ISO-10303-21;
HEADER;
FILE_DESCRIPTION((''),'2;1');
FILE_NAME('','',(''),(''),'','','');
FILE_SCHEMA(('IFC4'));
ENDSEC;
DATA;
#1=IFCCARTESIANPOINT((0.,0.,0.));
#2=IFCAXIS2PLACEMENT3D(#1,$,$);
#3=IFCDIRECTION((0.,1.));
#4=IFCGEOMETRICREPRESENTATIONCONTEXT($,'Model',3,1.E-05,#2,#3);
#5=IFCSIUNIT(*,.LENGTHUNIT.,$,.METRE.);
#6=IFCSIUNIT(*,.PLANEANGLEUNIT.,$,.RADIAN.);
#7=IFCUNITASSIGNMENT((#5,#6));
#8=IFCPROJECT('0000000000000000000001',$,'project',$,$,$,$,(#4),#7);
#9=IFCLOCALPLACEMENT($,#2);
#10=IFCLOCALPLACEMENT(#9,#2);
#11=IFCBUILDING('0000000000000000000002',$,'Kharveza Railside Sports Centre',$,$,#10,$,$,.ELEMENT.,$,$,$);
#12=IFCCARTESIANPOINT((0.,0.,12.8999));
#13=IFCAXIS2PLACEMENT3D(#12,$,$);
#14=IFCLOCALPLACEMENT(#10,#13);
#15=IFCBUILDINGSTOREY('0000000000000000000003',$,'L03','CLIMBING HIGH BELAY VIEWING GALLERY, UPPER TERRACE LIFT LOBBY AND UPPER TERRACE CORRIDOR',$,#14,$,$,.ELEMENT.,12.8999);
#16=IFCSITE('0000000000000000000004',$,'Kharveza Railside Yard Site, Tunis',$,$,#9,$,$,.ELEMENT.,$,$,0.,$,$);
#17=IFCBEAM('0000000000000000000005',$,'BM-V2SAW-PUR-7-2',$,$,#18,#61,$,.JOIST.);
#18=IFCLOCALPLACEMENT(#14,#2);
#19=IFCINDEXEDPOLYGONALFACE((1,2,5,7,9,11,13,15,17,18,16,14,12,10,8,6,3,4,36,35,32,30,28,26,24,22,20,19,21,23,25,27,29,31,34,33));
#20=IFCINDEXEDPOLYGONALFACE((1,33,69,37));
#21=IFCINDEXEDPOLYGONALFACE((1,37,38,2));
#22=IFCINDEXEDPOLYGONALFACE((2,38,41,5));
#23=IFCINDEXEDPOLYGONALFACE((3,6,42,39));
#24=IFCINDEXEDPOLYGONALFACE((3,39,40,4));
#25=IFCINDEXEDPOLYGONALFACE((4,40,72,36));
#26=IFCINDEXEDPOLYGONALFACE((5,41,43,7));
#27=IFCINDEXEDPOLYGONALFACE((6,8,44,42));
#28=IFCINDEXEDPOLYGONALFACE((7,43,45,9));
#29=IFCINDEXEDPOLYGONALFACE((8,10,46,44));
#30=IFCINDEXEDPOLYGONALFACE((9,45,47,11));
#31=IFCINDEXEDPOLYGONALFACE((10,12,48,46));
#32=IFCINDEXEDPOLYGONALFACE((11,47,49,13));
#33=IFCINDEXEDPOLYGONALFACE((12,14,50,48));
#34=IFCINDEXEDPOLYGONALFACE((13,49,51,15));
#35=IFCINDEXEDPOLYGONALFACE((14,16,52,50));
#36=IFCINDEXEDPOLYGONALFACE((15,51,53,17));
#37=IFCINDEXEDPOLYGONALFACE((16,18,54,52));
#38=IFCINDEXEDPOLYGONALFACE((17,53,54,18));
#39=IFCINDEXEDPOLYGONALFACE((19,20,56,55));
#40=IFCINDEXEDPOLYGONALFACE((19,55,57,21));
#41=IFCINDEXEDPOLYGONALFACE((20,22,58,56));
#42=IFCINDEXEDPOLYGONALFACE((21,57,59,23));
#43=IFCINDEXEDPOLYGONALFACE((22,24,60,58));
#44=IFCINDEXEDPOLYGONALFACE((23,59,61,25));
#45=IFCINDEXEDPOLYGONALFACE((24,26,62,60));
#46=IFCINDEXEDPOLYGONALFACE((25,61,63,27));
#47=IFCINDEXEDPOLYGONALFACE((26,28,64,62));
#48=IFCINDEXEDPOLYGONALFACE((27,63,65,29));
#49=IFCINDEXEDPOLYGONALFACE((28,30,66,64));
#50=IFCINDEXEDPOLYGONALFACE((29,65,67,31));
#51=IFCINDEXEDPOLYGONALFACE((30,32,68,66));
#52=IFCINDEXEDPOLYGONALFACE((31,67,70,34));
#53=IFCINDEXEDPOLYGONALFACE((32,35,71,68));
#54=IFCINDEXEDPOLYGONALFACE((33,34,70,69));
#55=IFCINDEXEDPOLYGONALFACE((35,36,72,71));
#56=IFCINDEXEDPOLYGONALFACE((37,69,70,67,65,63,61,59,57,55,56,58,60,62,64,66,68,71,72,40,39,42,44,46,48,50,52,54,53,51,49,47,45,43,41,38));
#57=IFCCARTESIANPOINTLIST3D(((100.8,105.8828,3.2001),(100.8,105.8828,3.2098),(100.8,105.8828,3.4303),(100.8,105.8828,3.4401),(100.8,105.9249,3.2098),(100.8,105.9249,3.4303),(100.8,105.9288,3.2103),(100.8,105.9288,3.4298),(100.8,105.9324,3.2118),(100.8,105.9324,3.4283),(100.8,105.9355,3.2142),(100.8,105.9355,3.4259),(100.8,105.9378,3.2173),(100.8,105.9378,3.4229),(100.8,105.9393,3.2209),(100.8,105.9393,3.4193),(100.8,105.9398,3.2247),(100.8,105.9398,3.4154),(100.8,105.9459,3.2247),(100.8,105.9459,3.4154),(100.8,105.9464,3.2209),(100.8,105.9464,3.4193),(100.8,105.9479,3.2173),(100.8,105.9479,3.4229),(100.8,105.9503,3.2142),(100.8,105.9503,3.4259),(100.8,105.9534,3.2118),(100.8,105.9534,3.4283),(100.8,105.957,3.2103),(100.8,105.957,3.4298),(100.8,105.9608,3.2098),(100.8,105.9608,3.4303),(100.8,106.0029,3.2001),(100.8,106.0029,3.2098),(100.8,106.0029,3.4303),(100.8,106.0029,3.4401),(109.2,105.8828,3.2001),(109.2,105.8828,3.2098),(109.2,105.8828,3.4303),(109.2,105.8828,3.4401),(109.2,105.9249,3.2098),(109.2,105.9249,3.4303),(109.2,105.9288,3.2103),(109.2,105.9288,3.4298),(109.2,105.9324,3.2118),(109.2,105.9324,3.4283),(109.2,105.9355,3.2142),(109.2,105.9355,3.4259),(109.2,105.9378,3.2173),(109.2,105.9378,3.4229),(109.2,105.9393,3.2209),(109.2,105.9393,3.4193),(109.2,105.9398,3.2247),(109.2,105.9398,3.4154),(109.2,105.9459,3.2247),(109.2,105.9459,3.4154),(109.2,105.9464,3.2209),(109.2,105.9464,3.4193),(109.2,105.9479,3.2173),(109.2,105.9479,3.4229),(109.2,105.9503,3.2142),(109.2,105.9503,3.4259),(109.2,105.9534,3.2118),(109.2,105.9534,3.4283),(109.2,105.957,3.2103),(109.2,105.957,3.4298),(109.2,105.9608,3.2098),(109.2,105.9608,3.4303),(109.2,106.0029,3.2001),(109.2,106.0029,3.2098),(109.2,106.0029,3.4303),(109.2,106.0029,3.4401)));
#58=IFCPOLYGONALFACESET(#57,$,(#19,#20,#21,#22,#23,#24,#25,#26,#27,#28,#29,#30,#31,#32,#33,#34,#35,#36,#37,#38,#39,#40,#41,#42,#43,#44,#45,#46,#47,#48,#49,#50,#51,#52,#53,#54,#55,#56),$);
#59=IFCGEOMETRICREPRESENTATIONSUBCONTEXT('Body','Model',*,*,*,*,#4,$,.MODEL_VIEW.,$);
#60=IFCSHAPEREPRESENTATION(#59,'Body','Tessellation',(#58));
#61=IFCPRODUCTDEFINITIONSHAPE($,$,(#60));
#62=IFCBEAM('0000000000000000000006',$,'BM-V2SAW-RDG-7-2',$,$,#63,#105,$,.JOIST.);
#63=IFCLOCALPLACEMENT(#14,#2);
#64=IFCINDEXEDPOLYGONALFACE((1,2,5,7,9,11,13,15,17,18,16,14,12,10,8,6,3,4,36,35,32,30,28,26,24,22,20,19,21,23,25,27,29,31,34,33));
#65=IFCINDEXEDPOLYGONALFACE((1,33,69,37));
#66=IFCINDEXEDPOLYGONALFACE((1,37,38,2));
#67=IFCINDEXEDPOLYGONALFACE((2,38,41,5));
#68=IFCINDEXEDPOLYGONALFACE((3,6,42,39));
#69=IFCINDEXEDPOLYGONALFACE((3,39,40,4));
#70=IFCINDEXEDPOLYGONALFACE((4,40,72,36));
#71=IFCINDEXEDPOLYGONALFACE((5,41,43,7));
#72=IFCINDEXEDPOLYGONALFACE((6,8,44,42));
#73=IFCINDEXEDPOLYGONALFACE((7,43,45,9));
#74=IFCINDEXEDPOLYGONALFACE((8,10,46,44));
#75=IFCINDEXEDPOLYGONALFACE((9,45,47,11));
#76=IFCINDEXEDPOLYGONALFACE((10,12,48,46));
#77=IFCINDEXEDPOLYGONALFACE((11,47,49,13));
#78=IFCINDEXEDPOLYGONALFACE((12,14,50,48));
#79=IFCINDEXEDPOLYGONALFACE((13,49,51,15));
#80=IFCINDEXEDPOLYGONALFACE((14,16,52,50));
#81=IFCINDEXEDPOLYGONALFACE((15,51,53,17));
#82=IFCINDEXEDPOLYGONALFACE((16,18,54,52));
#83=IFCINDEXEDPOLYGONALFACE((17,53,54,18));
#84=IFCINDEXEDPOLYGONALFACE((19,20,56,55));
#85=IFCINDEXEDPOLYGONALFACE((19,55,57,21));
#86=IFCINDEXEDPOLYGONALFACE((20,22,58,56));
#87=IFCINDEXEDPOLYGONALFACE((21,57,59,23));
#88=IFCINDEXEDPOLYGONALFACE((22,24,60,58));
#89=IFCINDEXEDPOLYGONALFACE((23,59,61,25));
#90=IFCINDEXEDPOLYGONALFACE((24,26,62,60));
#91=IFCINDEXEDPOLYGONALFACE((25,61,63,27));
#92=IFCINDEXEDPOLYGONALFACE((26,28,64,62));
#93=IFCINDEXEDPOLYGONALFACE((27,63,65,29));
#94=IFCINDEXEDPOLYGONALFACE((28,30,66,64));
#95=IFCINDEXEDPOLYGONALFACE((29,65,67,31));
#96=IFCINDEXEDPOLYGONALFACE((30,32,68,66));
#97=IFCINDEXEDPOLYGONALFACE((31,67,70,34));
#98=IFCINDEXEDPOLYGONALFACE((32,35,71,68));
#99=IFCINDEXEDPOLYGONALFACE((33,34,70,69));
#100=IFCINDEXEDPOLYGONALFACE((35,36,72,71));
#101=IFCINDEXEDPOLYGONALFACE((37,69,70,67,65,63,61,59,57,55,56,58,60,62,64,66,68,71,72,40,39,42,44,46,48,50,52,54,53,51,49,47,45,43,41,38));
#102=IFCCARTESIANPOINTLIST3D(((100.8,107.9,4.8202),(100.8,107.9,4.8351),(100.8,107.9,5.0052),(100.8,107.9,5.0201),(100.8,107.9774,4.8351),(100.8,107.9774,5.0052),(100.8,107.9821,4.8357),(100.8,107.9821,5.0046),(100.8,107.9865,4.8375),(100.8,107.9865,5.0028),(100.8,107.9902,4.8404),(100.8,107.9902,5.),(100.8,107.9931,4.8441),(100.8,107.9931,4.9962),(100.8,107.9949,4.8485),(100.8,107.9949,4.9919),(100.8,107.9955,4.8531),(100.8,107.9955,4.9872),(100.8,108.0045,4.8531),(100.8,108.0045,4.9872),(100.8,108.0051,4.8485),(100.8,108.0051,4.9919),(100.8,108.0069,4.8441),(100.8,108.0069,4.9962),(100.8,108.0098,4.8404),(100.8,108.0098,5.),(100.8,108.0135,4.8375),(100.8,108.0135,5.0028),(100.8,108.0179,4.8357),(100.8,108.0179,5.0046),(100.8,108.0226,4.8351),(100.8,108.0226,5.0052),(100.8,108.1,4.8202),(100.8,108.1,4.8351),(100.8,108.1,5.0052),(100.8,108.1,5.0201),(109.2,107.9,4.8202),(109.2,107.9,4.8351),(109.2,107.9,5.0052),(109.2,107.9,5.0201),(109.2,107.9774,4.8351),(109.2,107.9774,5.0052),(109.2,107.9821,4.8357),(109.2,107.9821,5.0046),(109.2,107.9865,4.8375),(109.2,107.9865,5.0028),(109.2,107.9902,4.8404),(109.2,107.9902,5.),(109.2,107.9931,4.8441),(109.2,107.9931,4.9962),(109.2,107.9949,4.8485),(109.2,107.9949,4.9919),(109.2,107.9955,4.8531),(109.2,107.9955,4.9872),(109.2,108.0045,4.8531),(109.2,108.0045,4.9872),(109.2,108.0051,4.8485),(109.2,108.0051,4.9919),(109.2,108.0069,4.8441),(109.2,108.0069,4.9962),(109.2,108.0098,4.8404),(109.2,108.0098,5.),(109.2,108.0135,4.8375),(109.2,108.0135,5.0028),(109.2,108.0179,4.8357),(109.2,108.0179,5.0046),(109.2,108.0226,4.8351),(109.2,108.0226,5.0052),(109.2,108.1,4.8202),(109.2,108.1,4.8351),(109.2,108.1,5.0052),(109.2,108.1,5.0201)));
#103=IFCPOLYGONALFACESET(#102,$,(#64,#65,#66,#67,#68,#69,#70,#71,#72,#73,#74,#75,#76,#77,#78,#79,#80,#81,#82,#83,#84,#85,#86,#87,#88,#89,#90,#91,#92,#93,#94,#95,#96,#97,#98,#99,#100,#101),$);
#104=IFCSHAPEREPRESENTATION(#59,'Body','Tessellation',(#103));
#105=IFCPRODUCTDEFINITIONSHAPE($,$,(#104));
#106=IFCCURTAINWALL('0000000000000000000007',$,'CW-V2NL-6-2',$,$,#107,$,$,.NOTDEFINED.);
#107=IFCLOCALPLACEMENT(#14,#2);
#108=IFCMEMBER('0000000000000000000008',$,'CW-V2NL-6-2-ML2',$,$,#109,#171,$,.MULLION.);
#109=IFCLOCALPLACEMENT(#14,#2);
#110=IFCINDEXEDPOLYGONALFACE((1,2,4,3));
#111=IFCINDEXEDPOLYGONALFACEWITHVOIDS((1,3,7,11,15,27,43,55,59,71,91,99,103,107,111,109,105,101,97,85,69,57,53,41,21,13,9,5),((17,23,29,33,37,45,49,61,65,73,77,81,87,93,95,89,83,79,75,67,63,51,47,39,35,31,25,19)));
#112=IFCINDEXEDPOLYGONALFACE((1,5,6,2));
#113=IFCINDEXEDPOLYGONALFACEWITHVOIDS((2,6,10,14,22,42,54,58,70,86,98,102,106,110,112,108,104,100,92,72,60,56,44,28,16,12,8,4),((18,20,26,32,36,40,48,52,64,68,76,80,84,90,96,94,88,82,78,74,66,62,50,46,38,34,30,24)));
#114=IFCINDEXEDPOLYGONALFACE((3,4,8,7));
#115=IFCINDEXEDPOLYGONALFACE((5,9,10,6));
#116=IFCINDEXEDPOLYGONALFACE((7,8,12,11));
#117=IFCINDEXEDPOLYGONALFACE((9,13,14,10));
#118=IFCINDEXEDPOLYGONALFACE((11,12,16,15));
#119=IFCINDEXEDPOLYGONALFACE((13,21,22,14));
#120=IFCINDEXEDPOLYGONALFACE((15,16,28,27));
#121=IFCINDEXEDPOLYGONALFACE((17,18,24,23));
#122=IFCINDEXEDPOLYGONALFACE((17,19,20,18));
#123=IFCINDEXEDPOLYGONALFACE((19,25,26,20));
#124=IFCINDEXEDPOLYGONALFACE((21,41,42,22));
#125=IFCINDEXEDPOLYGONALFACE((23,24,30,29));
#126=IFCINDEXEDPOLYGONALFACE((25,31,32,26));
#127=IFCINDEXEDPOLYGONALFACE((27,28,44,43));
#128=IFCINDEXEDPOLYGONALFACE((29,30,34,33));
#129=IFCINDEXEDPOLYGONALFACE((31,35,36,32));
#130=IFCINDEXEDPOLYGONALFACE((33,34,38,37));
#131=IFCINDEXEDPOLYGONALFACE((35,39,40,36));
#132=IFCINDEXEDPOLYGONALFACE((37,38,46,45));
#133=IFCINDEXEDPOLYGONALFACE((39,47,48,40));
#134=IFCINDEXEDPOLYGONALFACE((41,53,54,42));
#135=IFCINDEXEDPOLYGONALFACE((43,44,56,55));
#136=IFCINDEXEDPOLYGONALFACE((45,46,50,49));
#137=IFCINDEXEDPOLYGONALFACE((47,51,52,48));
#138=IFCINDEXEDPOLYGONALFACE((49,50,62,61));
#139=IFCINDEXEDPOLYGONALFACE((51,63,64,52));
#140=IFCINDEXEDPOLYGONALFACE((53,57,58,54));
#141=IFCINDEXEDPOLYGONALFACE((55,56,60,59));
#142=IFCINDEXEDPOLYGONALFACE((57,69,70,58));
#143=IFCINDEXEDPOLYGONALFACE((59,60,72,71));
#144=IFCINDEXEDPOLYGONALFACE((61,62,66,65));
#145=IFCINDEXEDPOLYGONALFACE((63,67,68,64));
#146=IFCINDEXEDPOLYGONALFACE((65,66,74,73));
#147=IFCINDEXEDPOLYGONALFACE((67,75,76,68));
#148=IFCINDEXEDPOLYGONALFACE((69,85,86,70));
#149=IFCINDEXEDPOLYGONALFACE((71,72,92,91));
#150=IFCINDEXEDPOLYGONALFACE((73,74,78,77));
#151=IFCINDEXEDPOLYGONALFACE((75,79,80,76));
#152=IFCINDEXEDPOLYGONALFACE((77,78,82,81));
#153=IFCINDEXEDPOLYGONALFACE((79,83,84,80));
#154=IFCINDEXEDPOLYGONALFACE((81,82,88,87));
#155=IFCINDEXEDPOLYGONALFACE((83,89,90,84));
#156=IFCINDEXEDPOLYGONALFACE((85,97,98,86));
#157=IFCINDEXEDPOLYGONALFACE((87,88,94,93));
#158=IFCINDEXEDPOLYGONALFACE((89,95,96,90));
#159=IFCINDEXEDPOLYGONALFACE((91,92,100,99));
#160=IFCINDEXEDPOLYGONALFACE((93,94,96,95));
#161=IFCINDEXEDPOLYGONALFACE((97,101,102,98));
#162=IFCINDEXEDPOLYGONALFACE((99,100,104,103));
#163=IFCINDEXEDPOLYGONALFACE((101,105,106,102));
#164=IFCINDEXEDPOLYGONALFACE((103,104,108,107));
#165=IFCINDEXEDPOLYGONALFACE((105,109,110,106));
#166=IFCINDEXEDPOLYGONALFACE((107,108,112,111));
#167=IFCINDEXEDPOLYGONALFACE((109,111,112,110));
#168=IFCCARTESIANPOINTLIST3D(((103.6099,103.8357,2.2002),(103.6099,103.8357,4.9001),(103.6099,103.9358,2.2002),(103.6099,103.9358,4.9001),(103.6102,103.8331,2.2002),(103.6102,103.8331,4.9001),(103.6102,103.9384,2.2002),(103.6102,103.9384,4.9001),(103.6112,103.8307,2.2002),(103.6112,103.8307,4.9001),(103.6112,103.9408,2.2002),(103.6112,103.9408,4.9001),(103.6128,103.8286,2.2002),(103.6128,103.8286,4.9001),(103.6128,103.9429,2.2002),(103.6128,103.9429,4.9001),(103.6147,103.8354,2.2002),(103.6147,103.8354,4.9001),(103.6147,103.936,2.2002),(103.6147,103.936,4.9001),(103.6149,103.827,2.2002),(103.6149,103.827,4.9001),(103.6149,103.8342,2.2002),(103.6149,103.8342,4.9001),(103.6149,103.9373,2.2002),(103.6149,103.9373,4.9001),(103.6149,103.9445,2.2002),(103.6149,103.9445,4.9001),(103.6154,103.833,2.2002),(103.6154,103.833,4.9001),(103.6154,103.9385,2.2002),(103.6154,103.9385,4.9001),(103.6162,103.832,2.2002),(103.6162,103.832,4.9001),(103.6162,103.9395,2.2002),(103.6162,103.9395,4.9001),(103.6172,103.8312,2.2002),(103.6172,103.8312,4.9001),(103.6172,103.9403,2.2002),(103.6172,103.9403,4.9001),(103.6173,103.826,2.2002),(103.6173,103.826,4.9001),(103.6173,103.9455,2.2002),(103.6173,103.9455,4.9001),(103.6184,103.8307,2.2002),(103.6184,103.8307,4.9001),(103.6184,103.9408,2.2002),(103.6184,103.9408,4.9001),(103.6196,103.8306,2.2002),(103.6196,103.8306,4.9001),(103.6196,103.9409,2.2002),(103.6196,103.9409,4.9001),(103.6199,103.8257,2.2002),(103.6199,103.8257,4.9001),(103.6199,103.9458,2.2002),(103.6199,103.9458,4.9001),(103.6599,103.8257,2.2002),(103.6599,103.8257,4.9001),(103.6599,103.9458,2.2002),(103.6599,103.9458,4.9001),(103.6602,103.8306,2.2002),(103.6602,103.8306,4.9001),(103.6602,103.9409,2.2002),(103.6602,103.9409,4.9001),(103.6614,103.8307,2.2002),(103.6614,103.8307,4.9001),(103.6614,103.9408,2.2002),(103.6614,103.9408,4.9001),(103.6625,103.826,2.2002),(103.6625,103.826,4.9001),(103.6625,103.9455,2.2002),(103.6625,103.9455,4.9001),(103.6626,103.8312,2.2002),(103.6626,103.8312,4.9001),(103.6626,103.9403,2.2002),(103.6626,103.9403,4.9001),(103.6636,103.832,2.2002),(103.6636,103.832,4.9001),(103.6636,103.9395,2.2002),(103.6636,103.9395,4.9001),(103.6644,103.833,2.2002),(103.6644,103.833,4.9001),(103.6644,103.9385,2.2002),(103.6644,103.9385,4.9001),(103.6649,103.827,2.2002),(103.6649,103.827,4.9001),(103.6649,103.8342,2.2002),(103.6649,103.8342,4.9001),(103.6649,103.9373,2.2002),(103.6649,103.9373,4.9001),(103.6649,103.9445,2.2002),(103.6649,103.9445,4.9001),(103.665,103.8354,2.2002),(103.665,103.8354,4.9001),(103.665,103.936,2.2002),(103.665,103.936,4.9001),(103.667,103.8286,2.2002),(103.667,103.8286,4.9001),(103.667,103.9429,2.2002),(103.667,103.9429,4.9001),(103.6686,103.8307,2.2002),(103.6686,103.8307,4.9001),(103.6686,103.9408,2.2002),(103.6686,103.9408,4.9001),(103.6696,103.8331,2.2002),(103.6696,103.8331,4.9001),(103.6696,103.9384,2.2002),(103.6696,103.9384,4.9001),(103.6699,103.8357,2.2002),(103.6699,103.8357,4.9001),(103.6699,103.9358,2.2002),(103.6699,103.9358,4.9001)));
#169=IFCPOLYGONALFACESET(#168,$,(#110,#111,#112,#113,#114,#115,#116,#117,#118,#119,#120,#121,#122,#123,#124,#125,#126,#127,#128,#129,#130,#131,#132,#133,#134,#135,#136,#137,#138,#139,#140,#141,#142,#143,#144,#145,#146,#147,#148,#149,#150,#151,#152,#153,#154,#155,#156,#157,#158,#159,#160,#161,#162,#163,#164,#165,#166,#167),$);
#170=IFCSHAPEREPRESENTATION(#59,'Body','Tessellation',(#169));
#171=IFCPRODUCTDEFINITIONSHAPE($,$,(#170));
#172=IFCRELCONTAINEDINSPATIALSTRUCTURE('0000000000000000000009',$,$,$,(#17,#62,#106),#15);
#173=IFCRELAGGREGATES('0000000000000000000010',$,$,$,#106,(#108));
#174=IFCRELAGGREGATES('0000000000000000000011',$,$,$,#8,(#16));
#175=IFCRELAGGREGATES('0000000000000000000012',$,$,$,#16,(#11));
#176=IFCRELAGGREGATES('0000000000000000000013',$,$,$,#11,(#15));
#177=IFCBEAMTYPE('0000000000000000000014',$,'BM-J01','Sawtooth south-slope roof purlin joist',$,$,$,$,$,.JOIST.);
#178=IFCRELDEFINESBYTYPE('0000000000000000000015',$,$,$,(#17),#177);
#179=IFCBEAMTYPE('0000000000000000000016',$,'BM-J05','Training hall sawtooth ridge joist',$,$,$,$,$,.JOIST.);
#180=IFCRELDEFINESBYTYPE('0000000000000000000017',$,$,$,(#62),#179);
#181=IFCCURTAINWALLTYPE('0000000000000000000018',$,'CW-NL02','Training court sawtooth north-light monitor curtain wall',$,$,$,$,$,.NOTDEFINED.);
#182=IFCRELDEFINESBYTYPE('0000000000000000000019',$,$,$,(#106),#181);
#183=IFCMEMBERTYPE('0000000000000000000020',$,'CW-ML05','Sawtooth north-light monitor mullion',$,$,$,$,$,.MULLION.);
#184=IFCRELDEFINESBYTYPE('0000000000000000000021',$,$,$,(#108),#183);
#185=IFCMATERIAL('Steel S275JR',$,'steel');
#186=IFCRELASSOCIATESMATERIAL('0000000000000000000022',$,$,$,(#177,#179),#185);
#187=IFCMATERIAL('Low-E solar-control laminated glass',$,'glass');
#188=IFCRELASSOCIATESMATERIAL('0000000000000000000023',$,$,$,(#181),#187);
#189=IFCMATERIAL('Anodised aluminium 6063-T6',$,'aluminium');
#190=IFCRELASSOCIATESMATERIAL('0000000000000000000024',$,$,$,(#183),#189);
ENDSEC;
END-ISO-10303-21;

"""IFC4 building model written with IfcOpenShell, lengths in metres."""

from ifc_helpers import new_model, si_unit, direction, frame, origin, origin_2d, place, context, subcontext, project, spatial, hollow_rectangle, i_section, extrude, material, material_profile, profile_set, type_object, element, aggregate, save


model = new_model("IFC4")

# Units and contexts
model_context = context("Model", 3, precision=1e-05, world=origin(), true_north=direction((0.0, 1.0)))
body_context = subcontext(model_context, "Body", "Model", "MODEL_VIEW")
ifc_project = project(units=[si_unit("LENGTHUNIT", "METRE"), si_unit("PLANEANGLEUNIT", "RADIAN")], contexts=[model_context])

# Site, building, storey
site_placement = place(None, origin())
site = spatial("IfcSite", under=ifc_project, at=site_placement, Name="Kharveza Railside Yard Site, Tunis", CompositionType="ELEMENT", RefElevation=0.0)
building_placement = place(site_placement, origin())
building = spatial("IfcBuilding", under=site, at=building_placement, Name="Kharveza Railside Sports Centre", CompositionType="ELEMENT")
storey_placement = place(building_placement, frame((0.0, 0.0, 12.8999)))
storey = spatial("IfcBuildingStorey", under=building, at=storey_placement, Name="L03", Description="CLIMBING HIGH BELAY VIEWING GALLERY, UPPER TERRACE LIFT LOBBY AND UPPER TERRACE CORRIDOR", CompositionType="ELEMENT", Elevation=12.8999)

# Beams
ifc_material_1 = material(Name="Steel S275JR", Category="steel")
ifc_material_profile_1 = material_profile(ifc_material_1, i_section(OverallWidth=0.1201, OverallDepth=0.24, WebThickness=0.0061, FlangeThickness=0.0098, FilletRadius=0.0149, at=origin_2d()), Name="IPE 240")
ifc_profile_set_1 = profile_set([ifc_material_profile_1], Name="Steel S275JR")
beam_type_1 = type_object("IfcBeamType", Name="BM-J01", Description="Sawtooth south-slope roof purlin joist", PredefinedType="JOIST", material=ifc_profile_set_1)
beam_1_placement = place(storey_placement, frame((100.8, 105.9429, 3.3201), z_axis=(1.0, 0.0, 0.0), x_axis=(0.0, 1.0, 0.0)))
element("IfcBeam", 1, at=beam_1_placement, inside=storey, type_object=beam_type_1, Name="BM-V2SAW-PUR-7-2", PredefinedType="JOIST", context=body_context, shape_type="SweptSolid", body=[
    extrude(i_section(OverallWidth=0.1201, OverallDepth=0.24, WebThickness=0.0061, FlangeThickness=0.0098, FilletRadius=0.0149, at=origin_2d()), origin(), (0.0, 0.0, 1.0), 8.3999),
])
ifc_material_profile_2 = material_profile(ifc_material_1, i_section(OverallWidth=0.2, OverallDepth=0.2, WebThickness=0.009, FlangeThickness=0.0149, FilletRadius=0.0181, at=origin_2d()), Name="HEB 200")
ifc_profile_set_2 = profile_set([ifc_material_profile_2], Name="Steel S275JR")
beam_type_2 = type_object("IfcBeamType", Name="BM-J05", Description="Training hall sawtooth ridge joist", PredefinedType="JOIST", material=ifc_profile_set_2)
beam_2_placement = place(storey_placement, frame((100.8, 108.0, 4.9202), z_axis=(1.0, 0.0, 0.0), x_axis=(0.0, 1.0, 0.0)))
element("IfcBeam", 2, at=beam_2_placement, inside=storey, type_object=beam_type_2, Name="BM-V2SAW-RDG-7-2", PredefinedType="JOIST", context=body_context, shape_type="SweptSolid", body=[
    extrude(i_section(OverallWidth=0.2, OverallDepth=0.2, WebThickness=0.009, FlangeThickness=0.0149, FilletRadius=0.0181, at=origin_2d()), origin(), (0.0, 0.0, 1.0), 8.3999),
])

# Curtain wall, member
ifc_material_2 = material(Name="Low-E solar-control laminated glass", Category="glass")
curtain_wall_type = type_object("IfcCurtainWallType", Name="CW-NL02", Description="Training court sawtooth north-light monitor curtain wall", PredefinedType="NOTDEFINED", material=ifc_material_2)
curtain_wall_1_placement = place(storey_placement, origin())
curtain_wall_1 = element("IfcCurtainWall", 3, at=curtain_wall_1_placement, inside=storey, type_object=curtain_wall_type, Name="CW-V2NL-6-2", PredefinedType="NOTDEFINED")
ifc_material_3 = material(Name="Anodised aluminium 6063-T6", Category="aluminium")
ifc_material_profile_3 = material_profile(ifc_material_3, hollow_rectangle(XDim=0.0601, YDim=0.1201, WallThickness=0.0049, InnerFilletRadius=0.0049, OuterFilletRadius=0.01, at=origin_2d()), Name="RHS 60x120x5.0")
ifc_profile_set_3 = profile_set([ifc_material_profile_3], Name="Anodised aluminium 6063-T6")
member_type_1 = type_object("IfcMemberType", Name="CW-ML05", Description="Sawtooth north-light monitor mullion", PredefinedType="MULLION", material=ifc_profile_set_3)
member_1_placement = place(storey_placement, frame((103.6399, 103.8857, 2.2002), z_axis=(0.0, 0.0, 1.0), x_axis=(1.0, 0.0, 0.0)))
member_1 = element("IfcMember", 4, at=member_1_placement, type_object=member_type_1, Name="CW-V2NL-6-2-ML2", PredefinedType="MULLION", context=body_context, shape_type="SweptSolid", body=[
    extrude(hollow_rectangle(XDim=0.0601, YDim=0.1201, WallThickness=0.0049, InnerFilletRadius=0.0049, OuterFilletRadius=0.01, at=origin_2d()), origin(), (0.0, 0.0, 1.0), 2.7),
])

aggregate(curtain_wall_1, [member_1])

save(model, "model.ifc")
